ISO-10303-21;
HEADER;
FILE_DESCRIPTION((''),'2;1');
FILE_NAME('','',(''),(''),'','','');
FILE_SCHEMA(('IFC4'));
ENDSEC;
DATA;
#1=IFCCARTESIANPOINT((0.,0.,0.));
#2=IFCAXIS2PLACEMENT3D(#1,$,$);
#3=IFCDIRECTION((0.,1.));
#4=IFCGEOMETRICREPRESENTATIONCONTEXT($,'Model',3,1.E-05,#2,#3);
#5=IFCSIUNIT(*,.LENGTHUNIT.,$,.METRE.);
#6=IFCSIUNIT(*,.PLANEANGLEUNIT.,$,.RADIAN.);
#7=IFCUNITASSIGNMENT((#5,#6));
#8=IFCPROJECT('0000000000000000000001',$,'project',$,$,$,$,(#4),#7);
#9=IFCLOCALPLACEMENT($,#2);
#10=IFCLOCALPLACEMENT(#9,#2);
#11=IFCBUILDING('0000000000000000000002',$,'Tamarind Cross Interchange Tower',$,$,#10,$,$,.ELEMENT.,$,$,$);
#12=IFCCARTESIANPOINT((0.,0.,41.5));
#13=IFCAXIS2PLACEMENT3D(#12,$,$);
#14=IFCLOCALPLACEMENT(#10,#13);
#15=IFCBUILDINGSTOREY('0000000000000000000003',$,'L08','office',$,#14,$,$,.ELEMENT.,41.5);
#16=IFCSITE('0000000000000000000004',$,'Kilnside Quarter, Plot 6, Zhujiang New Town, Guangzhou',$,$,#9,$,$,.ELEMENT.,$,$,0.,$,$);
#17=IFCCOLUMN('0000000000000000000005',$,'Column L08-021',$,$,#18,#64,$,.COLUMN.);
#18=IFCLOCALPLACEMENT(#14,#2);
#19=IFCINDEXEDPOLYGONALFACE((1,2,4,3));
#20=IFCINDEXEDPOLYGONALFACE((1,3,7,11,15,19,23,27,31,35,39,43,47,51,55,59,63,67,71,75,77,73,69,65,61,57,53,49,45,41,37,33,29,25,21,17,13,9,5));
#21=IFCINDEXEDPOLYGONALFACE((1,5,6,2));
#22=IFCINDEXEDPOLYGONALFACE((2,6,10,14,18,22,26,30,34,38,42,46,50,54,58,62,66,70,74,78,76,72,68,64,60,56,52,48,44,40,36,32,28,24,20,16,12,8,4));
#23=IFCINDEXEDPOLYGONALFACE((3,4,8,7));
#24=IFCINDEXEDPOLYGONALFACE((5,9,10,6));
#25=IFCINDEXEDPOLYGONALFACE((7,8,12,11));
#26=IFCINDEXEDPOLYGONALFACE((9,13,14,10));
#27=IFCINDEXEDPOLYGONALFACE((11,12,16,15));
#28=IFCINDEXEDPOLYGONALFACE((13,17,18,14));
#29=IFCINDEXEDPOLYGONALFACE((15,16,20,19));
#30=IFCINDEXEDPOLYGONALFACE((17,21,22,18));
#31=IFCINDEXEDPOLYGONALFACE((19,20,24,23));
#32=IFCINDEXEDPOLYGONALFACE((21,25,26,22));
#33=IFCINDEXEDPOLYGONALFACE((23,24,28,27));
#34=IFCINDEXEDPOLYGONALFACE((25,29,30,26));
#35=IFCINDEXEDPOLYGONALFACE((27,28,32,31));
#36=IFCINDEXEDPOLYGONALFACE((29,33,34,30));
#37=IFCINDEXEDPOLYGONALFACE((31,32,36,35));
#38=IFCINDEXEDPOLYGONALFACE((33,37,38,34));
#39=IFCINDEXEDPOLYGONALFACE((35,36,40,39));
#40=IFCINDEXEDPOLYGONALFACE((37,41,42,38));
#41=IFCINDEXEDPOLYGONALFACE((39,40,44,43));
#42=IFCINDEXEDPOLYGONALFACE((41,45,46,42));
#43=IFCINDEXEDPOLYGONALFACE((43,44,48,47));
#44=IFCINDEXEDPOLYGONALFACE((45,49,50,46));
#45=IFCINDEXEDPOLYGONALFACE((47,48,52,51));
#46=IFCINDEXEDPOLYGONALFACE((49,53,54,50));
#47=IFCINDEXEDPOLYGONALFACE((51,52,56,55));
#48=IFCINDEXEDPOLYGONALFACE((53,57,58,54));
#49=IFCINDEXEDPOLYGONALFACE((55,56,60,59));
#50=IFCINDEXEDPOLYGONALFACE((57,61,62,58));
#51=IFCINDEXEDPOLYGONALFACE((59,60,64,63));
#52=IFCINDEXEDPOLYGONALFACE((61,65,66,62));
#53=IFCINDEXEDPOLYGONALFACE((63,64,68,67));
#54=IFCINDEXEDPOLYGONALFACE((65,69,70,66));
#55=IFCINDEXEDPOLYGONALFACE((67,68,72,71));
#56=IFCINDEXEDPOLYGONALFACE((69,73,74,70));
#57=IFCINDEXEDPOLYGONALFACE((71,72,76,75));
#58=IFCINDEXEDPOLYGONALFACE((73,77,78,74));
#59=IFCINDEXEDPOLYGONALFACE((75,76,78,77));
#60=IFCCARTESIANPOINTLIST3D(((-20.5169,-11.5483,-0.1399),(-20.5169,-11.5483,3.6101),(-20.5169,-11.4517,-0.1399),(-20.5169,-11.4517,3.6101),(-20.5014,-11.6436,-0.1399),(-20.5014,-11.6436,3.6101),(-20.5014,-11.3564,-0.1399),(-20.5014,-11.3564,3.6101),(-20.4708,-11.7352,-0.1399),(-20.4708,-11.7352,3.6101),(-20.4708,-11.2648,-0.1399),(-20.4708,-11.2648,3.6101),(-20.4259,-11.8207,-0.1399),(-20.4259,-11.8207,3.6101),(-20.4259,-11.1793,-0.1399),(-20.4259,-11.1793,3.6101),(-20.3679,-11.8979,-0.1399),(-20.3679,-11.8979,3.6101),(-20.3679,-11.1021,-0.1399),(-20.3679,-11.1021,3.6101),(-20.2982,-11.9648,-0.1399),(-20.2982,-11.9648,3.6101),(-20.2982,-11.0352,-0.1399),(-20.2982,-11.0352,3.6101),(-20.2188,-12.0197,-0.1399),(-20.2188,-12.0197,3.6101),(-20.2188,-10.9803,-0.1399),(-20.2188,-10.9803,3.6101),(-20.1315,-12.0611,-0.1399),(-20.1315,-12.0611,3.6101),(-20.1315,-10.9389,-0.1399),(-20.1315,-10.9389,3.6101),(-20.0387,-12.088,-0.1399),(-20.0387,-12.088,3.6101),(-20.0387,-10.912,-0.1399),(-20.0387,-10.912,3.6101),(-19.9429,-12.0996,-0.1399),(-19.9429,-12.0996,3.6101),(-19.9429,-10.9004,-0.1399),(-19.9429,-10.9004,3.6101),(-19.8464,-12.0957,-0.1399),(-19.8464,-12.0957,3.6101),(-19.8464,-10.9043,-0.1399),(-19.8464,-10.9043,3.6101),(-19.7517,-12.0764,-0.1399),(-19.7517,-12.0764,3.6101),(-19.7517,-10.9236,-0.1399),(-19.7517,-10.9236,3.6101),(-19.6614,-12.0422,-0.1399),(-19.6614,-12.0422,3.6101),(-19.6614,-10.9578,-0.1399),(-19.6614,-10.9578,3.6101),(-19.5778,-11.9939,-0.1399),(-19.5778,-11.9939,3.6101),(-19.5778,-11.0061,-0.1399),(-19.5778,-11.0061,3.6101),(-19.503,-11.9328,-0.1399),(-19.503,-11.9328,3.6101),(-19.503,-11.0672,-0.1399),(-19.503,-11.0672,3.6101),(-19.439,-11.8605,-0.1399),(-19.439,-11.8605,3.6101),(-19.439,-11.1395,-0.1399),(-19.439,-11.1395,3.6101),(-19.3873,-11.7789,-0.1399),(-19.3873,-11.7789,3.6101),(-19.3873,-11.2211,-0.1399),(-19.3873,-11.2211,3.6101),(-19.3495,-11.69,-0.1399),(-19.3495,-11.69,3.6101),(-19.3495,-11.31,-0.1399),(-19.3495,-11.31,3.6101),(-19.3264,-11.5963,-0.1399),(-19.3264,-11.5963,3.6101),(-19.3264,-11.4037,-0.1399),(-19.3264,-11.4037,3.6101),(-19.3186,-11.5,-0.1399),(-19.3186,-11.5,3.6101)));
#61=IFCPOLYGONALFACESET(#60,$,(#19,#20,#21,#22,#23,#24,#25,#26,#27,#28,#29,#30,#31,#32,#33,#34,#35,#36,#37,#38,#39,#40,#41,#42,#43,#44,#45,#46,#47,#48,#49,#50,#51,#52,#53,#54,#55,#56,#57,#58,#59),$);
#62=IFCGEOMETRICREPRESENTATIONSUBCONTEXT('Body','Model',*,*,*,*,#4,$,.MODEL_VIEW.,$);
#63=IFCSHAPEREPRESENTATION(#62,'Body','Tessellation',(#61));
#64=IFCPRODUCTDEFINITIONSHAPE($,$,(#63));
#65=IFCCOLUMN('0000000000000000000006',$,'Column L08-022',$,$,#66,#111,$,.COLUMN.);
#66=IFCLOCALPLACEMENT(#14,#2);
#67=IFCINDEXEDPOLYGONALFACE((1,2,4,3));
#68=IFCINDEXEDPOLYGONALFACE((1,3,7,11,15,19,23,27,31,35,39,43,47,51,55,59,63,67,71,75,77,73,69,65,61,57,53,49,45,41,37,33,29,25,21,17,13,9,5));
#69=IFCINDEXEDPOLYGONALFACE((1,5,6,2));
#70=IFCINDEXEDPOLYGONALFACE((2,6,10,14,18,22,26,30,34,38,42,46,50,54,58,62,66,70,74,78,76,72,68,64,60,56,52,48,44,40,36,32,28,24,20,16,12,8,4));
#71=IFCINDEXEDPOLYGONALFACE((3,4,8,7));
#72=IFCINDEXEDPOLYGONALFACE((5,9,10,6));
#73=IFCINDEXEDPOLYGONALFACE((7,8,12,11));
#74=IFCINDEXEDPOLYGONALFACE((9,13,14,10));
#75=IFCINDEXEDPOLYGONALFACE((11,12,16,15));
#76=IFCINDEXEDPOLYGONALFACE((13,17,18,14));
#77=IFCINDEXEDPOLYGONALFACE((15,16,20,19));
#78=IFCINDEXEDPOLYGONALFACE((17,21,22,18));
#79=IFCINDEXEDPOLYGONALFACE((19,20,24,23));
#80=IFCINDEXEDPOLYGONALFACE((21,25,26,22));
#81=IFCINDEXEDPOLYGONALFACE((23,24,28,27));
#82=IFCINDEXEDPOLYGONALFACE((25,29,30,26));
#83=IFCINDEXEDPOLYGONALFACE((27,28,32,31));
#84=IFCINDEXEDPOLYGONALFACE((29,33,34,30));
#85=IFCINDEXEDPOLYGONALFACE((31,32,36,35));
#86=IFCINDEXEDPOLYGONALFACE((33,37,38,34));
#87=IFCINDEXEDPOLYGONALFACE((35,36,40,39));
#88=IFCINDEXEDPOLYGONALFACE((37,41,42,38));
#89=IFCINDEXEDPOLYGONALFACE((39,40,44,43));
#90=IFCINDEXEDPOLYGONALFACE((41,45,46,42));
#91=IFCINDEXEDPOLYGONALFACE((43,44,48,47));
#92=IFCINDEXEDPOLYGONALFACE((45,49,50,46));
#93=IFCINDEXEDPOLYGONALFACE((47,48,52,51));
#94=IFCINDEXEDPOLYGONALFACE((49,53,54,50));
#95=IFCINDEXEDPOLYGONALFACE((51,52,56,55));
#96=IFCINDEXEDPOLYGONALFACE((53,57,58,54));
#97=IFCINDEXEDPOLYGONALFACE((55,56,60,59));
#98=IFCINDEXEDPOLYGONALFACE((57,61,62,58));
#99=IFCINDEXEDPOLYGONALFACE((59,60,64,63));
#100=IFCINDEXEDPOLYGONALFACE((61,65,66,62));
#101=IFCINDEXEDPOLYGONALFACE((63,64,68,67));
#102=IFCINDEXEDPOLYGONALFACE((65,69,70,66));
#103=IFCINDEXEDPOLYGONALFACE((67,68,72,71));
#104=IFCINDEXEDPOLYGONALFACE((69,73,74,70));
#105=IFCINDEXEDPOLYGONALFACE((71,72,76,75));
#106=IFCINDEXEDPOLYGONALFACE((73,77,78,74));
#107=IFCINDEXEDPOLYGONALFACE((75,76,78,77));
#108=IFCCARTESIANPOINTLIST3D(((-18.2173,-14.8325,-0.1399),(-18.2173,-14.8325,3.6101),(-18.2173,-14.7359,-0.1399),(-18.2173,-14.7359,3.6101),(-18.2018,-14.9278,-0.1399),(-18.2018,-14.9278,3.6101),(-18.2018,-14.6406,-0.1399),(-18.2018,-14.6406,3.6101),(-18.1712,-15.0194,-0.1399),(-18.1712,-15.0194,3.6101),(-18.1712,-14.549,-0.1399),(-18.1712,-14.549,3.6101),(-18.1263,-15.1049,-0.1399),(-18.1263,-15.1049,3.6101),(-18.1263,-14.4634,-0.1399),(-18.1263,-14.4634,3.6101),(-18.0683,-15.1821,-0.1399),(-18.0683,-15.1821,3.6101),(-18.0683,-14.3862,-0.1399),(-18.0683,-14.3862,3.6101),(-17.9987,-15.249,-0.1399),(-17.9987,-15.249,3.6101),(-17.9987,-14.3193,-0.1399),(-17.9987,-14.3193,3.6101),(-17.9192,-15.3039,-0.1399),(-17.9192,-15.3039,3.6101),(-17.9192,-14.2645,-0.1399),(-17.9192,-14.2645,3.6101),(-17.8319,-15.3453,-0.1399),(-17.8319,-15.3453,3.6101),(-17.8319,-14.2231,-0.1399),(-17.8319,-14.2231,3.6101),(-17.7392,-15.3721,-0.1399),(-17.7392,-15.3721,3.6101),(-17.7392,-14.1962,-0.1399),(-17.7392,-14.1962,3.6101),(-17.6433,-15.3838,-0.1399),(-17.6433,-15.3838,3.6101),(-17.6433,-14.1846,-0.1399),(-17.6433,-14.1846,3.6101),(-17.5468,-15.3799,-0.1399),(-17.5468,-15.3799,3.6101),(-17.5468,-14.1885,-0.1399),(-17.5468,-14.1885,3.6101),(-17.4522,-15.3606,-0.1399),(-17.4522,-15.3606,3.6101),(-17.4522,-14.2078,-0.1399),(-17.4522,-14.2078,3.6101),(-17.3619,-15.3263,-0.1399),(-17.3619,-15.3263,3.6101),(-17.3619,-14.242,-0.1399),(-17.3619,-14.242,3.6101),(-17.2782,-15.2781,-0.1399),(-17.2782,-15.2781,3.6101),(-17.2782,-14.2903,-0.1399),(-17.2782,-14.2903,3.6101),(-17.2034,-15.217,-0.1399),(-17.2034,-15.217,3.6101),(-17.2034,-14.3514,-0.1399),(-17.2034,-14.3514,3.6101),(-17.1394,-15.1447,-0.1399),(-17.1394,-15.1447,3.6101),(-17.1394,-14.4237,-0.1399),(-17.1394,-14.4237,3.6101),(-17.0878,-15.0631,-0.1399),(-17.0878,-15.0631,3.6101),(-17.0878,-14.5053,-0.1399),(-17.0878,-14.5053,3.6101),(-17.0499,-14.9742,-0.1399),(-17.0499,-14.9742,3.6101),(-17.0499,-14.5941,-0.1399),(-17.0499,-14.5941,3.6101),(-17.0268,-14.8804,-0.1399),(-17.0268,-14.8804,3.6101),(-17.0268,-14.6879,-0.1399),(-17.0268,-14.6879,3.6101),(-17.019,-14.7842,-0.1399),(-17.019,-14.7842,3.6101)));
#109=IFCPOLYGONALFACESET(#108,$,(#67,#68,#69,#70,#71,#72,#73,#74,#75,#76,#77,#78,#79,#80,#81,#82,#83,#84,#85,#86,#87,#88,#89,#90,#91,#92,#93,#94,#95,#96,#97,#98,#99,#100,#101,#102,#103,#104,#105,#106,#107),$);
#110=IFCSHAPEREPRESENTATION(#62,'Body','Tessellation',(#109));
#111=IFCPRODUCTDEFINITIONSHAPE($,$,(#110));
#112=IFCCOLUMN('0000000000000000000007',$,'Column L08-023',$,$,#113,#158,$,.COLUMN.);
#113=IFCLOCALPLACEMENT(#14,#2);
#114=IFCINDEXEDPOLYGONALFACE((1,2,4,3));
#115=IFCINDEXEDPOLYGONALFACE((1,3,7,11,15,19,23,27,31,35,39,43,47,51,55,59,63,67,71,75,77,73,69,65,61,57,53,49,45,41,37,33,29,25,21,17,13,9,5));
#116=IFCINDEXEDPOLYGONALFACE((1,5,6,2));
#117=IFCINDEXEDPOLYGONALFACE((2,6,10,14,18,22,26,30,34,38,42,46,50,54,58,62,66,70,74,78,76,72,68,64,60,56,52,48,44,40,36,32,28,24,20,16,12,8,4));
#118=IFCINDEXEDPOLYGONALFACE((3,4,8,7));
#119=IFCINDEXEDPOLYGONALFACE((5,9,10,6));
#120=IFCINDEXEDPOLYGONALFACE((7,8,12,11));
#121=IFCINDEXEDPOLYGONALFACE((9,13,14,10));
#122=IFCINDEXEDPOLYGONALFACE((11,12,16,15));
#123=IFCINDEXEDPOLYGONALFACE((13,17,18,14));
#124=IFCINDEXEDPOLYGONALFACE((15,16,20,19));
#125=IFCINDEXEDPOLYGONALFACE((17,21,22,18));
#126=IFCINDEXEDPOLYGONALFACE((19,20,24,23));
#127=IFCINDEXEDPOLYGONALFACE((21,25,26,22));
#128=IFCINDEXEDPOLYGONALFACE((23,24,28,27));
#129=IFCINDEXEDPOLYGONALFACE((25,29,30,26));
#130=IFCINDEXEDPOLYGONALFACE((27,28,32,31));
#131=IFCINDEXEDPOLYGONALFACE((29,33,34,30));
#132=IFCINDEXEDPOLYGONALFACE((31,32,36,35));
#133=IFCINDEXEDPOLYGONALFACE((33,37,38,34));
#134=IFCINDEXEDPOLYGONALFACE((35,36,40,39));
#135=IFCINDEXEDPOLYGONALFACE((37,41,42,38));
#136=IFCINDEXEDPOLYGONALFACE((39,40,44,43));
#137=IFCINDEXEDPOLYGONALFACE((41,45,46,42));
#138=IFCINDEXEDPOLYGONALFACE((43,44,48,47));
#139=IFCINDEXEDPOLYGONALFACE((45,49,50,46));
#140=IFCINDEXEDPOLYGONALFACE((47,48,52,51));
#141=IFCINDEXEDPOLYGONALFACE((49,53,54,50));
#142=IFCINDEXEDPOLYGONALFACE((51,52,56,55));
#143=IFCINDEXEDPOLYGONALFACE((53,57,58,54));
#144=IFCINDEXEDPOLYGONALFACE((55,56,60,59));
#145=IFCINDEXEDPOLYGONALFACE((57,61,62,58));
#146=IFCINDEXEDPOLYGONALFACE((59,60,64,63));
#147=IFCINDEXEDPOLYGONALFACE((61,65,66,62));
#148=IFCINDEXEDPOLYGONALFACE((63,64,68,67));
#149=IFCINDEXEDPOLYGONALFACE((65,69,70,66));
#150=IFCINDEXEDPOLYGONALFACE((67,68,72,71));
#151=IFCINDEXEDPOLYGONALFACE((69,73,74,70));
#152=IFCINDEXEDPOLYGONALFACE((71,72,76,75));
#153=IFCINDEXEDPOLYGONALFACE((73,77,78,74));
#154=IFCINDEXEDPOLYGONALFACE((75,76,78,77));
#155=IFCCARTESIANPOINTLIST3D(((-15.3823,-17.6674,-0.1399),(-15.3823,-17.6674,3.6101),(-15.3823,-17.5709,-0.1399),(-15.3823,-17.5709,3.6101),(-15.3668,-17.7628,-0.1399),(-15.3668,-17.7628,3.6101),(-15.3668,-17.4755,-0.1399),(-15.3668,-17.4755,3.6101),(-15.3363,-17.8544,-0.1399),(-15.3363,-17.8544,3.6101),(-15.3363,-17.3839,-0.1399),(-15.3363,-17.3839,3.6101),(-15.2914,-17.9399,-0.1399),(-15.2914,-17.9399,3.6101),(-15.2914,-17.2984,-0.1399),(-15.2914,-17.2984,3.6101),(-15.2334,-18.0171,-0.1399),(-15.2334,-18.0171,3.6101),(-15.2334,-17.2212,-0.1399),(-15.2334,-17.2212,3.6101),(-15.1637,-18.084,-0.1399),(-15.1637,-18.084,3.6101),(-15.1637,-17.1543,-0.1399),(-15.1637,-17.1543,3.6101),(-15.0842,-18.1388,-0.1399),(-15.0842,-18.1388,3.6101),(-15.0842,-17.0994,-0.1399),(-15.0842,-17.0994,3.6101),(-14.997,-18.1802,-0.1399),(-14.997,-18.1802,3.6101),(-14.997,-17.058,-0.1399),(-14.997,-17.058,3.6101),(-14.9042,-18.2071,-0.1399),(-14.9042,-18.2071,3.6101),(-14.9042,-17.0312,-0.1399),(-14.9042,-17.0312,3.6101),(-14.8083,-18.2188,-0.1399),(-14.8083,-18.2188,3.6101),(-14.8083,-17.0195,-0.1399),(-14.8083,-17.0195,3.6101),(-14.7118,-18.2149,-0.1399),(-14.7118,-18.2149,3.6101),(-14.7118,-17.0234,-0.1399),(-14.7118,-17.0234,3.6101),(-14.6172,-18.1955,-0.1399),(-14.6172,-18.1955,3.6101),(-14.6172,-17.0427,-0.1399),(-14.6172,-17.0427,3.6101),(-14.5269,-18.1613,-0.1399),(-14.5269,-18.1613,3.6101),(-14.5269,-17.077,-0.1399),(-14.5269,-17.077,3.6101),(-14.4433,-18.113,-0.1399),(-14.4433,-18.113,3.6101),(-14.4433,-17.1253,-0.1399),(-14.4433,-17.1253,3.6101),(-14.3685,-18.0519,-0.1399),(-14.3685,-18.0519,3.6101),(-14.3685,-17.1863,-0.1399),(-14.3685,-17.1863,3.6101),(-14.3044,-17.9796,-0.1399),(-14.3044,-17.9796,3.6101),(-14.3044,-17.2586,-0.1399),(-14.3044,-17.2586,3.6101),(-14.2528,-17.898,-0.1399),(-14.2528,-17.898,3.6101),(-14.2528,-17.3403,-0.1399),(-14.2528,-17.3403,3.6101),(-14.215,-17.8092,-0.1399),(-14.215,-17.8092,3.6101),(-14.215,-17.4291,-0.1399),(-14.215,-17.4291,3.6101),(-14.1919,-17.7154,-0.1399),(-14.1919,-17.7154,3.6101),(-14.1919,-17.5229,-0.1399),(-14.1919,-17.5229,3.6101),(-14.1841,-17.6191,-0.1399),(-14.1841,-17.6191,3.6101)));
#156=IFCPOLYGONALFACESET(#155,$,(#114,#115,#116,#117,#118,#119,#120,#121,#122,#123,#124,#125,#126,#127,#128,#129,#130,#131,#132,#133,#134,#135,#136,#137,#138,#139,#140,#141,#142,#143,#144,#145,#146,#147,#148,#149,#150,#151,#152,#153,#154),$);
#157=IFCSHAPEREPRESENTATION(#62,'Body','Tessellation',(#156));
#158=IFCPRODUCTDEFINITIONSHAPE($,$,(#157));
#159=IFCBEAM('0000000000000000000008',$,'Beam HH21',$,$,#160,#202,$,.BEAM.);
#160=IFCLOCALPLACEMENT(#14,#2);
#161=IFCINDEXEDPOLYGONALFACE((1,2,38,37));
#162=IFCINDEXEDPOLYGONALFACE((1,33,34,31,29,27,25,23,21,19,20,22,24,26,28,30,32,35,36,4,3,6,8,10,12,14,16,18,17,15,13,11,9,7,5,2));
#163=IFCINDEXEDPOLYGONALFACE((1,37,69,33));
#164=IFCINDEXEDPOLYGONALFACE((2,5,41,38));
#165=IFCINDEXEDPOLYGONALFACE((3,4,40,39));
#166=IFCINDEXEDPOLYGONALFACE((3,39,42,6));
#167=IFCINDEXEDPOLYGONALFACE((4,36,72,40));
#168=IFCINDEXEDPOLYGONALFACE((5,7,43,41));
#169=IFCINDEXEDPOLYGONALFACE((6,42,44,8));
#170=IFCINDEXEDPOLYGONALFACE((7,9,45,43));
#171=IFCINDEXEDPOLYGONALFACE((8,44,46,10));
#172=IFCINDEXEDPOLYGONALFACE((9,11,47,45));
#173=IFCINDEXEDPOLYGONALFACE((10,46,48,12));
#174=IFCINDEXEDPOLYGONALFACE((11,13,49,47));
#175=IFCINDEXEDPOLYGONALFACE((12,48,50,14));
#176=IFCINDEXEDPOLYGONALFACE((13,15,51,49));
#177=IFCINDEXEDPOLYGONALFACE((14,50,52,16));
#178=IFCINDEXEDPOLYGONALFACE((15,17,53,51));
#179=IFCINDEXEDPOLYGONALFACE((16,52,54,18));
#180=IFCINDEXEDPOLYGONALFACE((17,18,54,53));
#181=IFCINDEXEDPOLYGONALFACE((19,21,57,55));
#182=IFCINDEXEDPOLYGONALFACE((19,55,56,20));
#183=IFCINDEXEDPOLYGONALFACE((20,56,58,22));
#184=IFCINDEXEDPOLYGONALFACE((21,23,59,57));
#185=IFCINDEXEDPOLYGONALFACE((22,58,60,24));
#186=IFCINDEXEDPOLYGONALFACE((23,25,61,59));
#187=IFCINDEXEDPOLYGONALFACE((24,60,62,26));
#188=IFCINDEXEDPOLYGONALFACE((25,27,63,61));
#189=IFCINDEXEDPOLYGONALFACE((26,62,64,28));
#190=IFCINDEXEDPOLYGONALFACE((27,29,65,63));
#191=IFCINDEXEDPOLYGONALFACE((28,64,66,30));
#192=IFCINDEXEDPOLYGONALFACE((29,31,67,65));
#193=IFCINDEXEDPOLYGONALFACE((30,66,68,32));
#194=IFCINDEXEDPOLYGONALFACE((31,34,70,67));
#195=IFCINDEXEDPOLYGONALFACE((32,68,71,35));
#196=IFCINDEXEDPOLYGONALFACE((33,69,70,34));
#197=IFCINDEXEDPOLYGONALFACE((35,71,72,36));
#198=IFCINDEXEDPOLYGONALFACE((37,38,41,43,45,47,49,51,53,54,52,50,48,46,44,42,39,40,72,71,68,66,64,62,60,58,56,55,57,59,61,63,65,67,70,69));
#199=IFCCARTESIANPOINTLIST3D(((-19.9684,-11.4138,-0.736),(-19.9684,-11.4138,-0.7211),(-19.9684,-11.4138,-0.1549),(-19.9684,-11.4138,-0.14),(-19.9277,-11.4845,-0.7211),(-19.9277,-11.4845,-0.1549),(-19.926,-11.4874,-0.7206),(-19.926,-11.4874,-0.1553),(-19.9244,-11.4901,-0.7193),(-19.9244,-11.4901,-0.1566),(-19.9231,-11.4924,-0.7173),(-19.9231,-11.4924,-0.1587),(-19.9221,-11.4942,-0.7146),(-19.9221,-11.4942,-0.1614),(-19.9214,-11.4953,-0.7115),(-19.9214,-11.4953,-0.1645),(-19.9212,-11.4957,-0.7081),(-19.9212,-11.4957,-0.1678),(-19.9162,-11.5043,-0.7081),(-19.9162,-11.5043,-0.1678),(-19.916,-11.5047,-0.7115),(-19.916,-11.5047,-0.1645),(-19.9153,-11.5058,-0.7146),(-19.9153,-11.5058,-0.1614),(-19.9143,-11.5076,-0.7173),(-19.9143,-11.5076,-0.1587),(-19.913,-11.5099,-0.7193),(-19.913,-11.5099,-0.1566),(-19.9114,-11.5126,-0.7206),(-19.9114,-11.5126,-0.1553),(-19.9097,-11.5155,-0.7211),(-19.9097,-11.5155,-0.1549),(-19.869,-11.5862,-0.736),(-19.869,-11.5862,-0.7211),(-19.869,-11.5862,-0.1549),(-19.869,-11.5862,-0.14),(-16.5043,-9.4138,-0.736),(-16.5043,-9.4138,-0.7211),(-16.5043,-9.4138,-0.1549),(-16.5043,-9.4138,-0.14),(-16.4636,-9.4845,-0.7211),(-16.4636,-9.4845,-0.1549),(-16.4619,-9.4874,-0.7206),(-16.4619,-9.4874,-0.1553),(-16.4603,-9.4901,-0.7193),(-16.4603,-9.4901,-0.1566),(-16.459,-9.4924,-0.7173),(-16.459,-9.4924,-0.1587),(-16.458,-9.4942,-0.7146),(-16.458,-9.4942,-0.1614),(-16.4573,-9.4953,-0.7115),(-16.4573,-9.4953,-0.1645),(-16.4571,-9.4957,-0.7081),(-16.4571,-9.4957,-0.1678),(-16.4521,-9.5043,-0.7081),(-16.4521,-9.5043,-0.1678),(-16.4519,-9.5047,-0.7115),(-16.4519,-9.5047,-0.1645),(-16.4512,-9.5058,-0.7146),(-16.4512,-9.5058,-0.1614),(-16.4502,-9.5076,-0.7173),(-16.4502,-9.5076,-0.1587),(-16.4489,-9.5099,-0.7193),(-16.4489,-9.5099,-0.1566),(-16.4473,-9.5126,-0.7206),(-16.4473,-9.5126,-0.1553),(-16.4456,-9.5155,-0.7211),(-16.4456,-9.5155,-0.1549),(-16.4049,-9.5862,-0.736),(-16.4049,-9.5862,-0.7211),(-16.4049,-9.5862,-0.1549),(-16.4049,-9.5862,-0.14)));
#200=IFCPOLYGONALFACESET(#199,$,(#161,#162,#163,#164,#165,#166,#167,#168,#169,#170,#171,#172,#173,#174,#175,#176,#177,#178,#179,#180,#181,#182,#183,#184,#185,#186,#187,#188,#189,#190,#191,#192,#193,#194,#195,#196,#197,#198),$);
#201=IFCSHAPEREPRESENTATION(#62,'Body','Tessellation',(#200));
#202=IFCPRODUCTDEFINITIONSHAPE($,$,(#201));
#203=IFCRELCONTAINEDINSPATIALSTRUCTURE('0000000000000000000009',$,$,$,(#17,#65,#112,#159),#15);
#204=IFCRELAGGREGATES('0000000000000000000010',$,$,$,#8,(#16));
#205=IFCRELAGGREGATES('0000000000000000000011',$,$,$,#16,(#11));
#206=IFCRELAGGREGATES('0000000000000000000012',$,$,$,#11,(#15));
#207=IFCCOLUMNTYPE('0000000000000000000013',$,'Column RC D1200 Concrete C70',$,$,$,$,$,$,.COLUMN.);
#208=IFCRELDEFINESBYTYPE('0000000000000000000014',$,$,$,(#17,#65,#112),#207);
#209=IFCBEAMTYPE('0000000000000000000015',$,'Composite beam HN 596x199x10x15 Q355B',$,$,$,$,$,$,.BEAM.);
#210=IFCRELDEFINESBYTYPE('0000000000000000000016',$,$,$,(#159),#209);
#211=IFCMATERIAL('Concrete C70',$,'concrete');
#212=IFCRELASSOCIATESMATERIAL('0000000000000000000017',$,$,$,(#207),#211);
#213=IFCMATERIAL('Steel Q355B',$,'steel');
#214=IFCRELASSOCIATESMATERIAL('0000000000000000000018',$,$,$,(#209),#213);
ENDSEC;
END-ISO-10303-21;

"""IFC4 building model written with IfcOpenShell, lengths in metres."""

from ifc_helpers import new_model, si_unit, direction, frame, origin, origin_2d, place, context, subcontext, project, spatial, circle, i_section, extrude, material, material_profile, profile_set, type_object, element, save


model = new_model("IFC4")

# Units and contexts
model_context = context("Model", 3, precision=1e-05, world=origin(), true_north=direction((0.0, 1.0)))
body_context = subcontext(model_context, "Body", "Model", "MODEL_VIEW")
ifc_project = project(units=[si_unit("LENGTHUNIT", "METRE"), si_unit("PLANEANGLEUNIT", "RADIAN")], contexts=[model_context])

# Site, building, storey
site_placement = place(None, origin())
site = spatial("IfcSite", under=ifc_project, at=site_placement, Name="Kilnside Quarter, Plot 6, Zhujiang New Town, Guangzhou", CompositionType="ELEMENT", RefElevation=0.0)
building_placement = place(site_placement, origin())
building = spatial("IfcBuilding", under=site, at=building_placement, Name="Tamarind Cross Interchange Tower", CompositionType="ELEMENT")
storey_placement = place(building_placement, frame((0.0, 0.0, 41.5)))
storey = spatial("IfcBuildingStorey", under=building, at=storey_placement, Name="L08", Description="office", CompositionType="ELEMENT", Elevation=41.5)

# Columns
ifc_material_1 = material(Name="Concrete C70", Category="concrete")
ifc_material_profile_1 = material_profile(ifc_material_1, circle(Radius=0.6001, at=origin_2d()), Name="RC D1200")
ifc_profile_set_1 = profile_set([ifc_material_profile_1], Name="Concrete C70")
column_type = type_object("IfcColumnType", Name="Column RC D1200 Concrete C70", PredefinedType="COLUMN", material=ifc_profile_set_1)
for number, where, z_axis, x_axis, name in (
    (1, (-19.9187, -11.5, -0.1399), (0.0, 0.0, 1.0), (1.0, 0.0, 0.0), "Column L08-021"),
    (2, (-17.6191, -14.7842, -0.1399), (0.0, 0.0, 1.0), (1.0, 0.0, 0.0), "Column L08-022"),
    (3, (-14.7842, -17.6191, -0.1399), (0.0, 0.0, 1.0), (1.0, 0.0, 0.0), "Column L08-023"),
):
    element("IfcColumn", number, at=place(storey_placement, frame(where, z_axis=z_axis, x_axis=x_axis)), inside=storey, type_object=column_type, Name=name, PredefinedType="COLUMN", context=body_context, shape_type="SweptSolid", body=[
        extrude(circle(Radius=0.6001, at=origin_2d()), origin(), (0.0, 0.0, 1.0), 3.75),
    ])

# Beam
ifc_material_2 = material(Name="Steel Q355B", Category="steel")
ifc_material_profile_2 = material_profile(ifc_material_2, i_section(OverallWidth=0.199, OverallDepth=0.5959, WebThickness=0.01, FlangeThickness=0.0149, FilletRadius=0.0129, at=origin_2d()), Name="HN 596x199x10x15")
ifc_profile_set_2 = profile_set([ifc_material_profile_2], Name="Steel Q355B")
beam_type = type_object("IfcBeamType", Name="Composite beam HN 596x199x10x15 Q355B", PredefinedType="BEAM", material=ifc_profile_set_2)
beam_1_placement = place(storey_placement, frame((-19.9187, -11.5, -0.438), z_axis=(0.866026, 0.499999, 0.0), x_axis=(-0.499999, 0.866026, 0.0)))
element("IfcBeam", 4, at=beam_1_placement, inside=storey, type_object=beam_type, Name="Beam HH21", PredefinedType="BEAM", context=body_context, shape_type="SweptSolid", body=[
    extrude(i_section(OverallWidth=0.199, OverallDepth=0.5959, WebThickness=0.01, FlangeThickness=0.0149, FilletRadius=0.0129, at=origin_2d()), origin(), (0.0, 0.0, 1.0), 4.0),
])

save(model, "model.ifc")
